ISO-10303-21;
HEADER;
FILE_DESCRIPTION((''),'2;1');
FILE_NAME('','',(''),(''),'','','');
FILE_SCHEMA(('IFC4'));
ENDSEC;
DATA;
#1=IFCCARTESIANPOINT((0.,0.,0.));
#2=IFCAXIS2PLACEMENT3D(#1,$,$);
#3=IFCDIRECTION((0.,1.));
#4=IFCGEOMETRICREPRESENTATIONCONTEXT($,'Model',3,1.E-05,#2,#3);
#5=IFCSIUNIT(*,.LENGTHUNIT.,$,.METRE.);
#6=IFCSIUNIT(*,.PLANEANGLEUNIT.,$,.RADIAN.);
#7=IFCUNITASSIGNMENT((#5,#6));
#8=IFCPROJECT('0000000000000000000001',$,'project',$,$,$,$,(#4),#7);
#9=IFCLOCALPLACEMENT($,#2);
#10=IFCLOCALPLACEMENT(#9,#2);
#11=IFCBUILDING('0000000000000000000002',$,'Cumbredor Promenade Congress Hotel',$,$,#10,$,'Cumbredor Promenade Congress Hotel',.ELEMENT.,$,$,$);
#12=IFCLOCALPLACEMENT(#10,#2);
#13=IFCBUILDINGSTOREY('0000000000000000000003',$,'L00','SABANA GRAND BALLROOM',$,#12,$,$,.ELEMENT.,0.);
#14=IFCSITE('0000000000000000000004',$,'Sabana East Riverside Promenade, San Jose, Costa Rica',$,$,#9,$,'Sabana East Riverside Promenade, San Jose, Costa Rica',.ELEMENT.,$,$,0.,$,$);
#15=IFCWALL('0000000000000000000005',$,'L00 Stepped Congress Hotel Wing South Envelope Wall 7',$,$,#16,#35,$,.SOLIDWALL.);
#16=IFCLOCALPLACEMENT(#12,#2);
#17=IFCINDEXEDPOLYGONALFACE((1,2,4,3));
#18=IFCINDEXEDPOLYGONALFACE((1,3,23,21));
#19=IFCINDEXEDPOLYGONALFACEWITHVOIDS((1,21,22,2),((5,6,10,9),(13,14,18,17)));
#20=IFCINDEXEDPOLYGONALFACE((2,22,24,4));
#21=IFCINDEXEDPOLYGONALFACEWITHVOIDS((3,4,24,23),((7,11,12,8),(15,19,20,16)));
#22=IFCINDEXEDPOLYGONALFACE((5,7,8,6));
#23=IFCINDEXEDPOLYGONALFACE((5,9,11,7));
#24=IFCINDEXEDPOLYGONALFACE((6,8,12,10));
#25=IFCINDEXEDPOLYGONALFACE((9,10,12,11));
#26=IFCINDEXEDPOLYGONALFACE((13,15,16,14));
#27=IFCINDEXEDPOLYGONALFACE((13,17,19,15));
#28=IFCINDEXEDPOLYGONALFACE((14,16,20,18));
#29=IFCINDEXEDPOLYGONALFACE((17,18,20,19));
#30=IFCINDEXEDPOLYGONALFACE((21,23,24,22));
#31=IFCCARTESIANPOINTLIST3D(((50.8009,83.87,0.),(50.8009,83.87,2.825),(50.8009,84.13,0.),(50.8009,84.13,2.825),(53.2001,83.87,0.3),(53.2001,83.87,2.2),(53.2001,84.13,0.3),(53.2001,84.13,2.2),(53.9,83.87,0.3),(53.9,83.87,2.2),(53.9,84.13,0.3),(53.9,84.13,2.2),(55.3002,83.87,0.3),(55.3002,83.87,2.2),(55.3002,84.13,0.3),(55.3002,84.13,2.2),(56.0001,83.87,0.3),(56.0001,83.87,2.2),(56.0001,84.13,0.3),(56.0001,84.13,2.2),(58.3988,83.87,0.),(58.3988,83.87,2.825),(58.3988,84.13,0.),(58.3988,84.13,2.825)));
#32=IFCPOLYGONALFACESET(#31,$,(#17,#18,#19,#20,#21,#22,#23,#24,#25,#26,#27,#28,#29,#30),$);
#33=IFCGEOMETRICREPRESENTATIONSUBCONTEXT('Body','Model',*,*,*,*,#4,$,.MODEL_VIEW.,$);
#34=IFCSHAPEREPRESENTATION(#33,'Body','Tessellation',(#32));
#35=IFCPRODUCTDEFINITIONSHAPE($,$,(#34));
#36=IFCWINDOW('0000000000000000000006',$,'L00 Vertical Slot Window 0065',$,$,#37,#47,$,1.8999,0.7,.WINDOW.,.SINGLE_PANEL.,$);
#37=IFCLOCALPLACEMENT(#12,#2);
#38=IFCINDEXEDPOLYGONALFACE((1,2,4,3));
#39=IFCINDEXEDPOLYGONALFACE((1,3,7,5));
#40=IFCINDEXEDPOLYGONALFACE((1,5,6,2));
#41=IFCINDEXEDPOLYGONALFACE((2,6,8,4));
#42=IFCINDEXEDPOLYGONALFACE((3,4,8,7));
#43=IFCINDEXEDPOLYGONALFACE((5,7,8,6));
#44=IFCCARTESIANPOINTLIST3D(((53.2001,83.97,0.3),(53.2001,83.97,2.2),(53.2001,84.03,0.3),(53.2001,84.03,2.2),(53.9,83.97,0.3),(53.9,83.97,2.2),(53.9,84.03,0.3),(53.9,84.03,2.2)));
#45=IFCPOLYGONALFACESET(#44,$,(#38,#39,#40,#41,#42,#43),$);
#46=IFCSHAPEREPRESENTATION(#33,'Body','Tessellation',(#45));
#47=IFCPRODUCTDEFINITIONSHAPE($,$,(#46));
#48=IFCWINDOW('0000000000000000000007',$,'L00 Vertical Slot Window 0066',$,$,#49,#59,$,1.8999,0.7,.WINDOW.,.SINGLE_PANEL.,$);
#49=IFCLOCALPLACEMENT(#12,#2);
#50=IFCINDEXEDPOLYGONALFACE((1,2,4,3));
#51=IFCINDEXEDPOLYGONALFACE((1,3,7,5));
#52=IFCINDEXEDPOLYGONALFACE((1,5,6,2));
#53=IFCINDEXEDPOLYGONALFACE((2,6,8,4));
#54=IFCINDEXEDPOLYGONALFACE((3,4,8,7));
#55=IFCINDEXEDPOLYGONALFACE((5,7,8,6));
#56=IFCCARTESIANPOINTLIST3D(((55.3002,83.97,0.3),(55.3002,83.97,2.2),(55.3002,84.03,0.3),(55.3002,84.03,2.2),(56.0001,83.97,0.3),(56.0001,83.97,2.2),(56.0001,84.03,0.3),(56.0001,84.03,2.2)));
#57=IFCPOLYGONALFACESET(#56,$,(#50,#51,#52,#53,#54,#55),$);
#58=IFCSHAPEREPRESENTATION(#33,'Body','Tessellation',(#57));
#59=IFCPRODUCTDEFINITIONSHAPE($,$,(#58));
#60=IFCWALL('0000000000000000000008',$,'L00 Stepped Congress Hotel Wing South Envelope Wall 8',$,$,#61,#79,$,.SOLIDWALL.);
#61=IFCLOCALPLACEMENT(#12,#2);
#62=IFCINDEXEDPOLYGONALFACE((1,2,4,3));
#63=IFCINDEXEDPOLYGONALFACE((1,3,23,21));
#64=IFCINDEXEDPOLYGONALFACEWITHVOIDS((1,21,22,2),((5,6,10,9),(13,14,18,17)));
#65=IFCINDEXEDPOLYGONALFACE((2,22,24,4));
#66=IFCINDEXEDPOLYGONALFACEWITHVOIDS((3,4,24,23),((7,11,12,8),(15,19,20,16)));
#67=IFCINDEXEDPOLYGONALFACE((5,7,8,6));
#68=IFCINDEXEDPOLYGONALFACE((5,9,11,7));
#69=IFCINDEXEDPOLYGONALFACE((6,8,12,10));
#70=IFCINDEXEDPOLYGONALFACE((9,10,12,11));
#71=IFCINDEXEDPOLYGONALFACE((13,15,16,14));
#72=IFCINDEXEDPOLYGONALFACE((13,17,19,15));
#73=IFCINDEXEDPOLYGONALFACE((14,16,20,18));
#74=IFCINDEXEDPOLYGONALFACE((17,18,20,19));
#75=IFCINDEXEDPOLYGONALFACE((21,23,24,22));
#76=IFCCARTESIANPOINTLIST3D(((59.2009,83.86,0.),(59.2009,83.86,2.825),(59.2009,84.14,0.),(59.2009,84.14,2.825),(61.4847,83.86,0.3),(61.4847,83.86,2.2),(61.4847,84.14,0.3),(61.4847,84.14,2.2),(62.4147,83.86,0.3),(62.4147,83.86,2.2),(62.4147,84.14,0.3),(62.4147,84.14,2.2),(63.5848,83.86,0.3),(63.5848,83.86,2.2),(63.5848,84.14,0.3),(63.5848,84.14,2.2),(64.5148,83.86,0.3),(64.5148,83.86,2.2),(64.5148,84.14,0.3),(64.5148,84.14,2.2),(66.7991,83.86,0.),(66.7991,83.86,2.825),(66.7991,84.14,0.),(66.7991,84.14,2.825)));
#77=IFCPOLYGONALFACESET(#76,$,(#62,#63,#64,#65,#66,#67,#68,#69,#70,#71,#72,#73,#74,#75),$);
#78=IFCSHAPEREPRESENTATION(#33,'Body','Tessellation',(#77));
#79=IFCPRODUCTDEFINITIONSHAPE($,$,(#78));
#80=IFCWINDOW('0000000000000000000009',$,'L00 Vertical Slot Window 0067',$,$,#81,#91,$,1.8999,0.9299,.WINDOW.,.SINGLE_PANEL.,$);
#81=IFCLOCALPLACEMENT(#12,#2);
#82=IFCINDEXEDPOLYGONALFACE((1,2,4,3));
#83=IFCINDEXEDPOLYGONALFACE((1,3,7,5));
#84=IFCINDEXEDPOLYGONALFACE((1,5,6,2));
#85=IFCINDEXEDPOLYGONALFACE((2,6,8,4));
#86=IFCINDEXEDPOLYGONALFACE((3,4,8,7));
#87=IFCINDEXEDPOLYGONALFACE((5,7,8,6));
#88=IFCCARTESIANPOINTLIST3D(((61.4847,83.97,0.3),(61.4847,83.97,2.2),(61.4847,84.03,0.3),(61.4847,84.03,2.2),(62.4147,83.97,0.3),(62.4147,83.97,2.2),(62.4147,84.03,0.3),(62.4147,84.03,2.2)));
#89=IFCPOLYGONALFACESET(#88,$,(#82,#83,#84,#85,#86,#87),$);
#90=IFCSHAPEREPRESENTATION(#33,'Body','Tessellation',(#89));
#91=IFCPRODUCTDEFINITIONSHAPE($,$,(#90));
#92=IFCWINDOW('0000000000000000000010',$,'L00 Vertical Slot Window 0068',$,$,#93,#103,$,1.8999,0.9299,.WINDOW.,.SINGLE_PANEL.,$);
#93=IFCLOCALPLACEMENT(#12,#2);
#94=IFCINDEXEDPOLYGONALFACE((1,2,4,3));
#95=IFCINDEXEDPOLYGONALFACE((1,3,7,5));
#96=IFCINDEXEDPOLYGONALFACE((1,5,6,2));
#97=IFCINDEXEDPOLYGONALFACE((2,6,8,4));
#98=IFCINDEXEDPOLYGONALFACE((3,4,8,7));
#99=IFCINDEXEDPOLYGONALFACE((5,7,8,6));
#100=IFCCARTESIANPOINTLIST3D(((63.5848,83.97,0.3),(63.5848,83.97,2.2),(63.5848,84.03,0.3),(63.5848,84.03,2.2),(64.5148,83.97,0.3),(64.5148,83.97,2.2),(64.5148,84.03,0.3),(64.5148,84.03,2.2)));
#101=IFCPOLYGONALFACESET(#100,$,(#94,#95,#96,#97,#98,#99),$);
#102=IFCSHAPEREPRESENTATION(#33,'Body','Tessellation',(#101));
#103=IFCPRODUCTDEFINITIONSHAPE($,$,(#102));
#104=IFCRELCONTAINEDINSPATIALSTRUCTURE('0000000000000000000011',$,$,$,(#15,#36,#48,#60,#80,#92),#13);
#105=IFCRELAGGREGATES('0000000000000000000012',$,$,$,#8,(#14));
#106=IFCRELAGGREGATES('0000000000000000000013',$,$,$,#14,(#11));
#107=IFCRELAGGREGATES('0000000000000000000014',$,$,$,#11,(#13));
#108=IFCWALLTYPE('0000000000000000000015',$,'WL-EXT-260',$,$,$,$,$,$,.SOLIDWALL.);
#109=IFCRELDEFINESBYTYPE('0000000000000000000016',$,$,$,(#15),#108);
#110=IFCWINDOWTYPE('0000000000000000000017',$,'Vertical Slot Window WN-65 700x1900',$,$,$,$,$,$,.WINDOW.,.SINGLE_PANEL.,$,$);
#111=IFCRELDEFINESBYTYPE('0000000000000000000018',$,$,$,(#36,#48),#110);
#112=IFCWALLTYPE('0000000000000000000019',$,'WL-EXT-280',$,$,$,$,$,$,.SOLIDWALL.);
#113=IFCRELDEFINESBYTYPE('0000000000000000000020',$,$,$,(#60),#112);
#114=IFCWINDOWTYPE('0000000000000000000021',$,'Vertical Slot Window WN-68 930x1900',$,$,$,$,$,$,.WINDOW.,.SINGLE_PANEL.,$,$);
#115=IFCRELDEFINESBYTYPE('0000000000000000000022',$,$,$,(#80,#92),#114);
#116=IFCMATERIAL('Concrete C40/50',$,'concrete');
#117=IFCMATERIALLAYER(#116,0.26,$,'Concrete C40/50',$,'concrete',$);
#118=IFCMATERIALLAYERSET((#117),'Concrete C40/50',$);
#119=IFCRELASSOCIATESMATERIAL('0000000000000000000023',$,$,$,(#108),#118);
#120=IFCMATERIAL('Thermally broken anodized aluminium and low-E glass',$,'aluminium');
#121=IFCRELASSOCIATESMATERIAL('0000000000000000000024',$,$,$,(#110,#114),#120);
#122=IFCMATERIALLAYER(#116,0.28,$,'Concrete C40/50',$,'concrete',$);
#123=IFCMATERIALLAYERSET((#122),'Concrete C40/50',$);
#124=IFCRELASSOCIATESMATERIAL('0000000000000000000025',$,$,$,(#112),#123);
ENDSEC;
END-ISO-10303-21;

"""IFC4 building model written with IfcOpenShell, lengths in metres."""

from ifc_helpers import new_model, si_unit, direction, frame, frame_2d, origin, place, context, subcontext, project, spatial, rectangle, extrude, material, layer, layer_set, type_object, element, fill, save


model = new_model("IFC4")

# Units and contexts
model_context = context("Model", 3, precision=1e-05, world=origin(), true_north=direction((0.0, 1.0)))
body_context = subcontext(model_context, "Body", "Model", "MODEL_VIEW")
ifc_project = project(units=[si_unit("LENGTHUNIT", "METRE"), si_unit("PLANEANGLEUNIT", "RADIAN")], contexts=[model_context])

# Site, building, storey
site_placement = place(None, origin())
site = spatial("IfcSite", under=ifc_project, at=site_placement, Name="Sabana East Riverside Promenade, San Jose, Costa Rica", LongName="Sabana East Riverside Promenade, San Jose, Costa Rica", CompositionType="ELEMENT", RefElevation=0.0)
building_placement = place(site_placement, origin())
building = spatial("IfcBuilding", under=site, at=building_placement, Name="Cumbredor Promenade Congress Hotel", LongName="Cumbredor Promenade Congress Hotel", CompositionType="ELEMENT")
storey_placement = place(building_placement, origin())
storey = spatial("IfcBuildingStorey", under=building, at=storey_placement, Name="L00", Description="SABANA GRAND BALLROOM", CompositionType="ELEMENT", Elevation=0.0)

# Shared definitions
ifc_material_1 = material(Name="Concrete C40/50", Category="concrete")

# Shared definitions
ifc_material_2 = material(Name="Thermally broken anodized aluminium and low-E glass", Category="aluminium")

# Walls, openings, windows
ifc_layer_1 = layer(ifc_material_1, 0.26, Name="Concrete C40/50", Category="concrete")
ifc_layer_set_1 = layer_set([ifc_layer_1], Name="Concrete C40/50")
wall_type_1 = type_object("IfcWallType", Name="WL-EXT-260", PredefinedType="SOLIDWALL", material=ifc_layer_set_1)
wall_1_placement = place(storey_placement, frame((50.801, 84.0, 0.0), z_axis=(0.0, 0.0, 1.0), x_axis=(1.0, 0.0, 0.0)))
wall_1 = element("IfcWall", 1, at=wall_1_placement, inside=storey, type_object=wall_type_1, Name="L00 Stepped Congress Hotel Wing South Envelope Wall 7", PredefinedType="SOLIDWALL", context=body_context, shape_type="SweptSolid", body=[
    extrude(rectangle(XDim=7.5979, YDim=0.26, at=frame_2d((3.7988, 0.0))), origin(), (0.0, 0.0, 1.0), 2.825),
])
opening_1_placement = place(wall_1_placement, frame((2.3989, 0.0, 0.3)))
opening_1 = element("IfcOpeningElement", 2, at=opening_1_placement, cuts=wall_1, PredefinedType="OPENING", context=body_context, shape_type="SweptSolid", body=[
    extrude(rectangle(XDim=0.7, YDim=1.8999, at=frame_2d((0.3501, 0.95))), frame((0.0, 0.1401, 0.0), z_axis=(0.0, -1.0, 0.0), x_axis=(1.0, 0.0, 0.0)), (0.0, 0.0, 1.0), 0.28),
])
opening_2_placement = place(wall_1_placement, frame((4.499, 0.0, 0.3)))
opening_2 = element("IfcOpeningElement", 3, at=opening_2_placement, cuts=wall_1, PredefinedType="OPENING", context=body_context, shape_type="SweptSolid", body=[
    extrude(rectangle(XDim=0.7, YDim=1.8999, at=frame_2d((0.3501, 0.95))), frame((0.0, 0.1401, 0.0), z_axis=(0.0, -1.0, 0.0), x_axis=(1.0, 0.0, 0.0)), (0.0, 0.0, 1.0), 0.28),
])
window_type_1 = type_object("IfcWindowType", Name="Vertical Slot Window WN-65 700x1900", PartitioningType="SINGLE_PANEL", PredefinedType="WINDOW", material=ifc_material_2)
window_1_placement = place(opening_1_placement, origin())
window_1 = element("IfcWindow", 4, at=window_1_placement, inside=storey, type_object=window_type_1, Name="L00 Vertical Slot Window 0065", OverallHeight=1.8999, OverallWidth=0.7, PartitioningType="SINGLE_PANEL", PredefinedType="WINDOW", context=body_context, shape_type="SweptSolid", body=[
    extrude(rectangle(XDim=0.7, YDim=1.8999, at=frame_2d((0.3501, 0.95))), frame((0.0, 0.03, 0.0), z_axis=(0.0, -1.0, 0.0), x_axis=(1.0, 0.0, 0.0)), (0.0, 0.0, 1.0), 0.0601),
])
fill(opening_1, window_1)
window_2_placement = place(opening_2_placement, origin())
window_2 = element("IfcWindow", 5, at=window_2_placement, inside=storey, type_object=window_type_1, Name="L00 Vertical Slot Window 0066", OverallHeight=1.8999, OverallWidth=0.7, PartitioningType="SINGLE_PANEL", PredefinedType="WINDOW", context=body_context, shape_type="SweptSolid", body=[
    extrude(rectangle(XDim=0.7, YDim=1.8999, at=frame_2d((0.3501, 0.95))), frame((0.0, 0.03, 0.0), z_axis=(0.0, -1.0, 0.0), x_axis=(1.0, 0.0, 0.0)), (0.0, 0.0, 1.0), 0.0601),
])
fill(opening_2, window_2)
ifc_layer_2 = layer(ifc_material_1, 0.28, Name="Concrete C40/50", Category="concrete")
ifc_layer_set_2 = layer_set([ifc_layer_2], Name="Concrete C40/50")
wall_type_2 = type_object("IfcWallType", Name="WL-EXT-280", PredefinedType="SOLIDWALL", material=ifc_layer_set_2)
wall_2_placement = place(storey_placement, frame((59.2009, 84.0, 0.0), z_axis=(0.0, 0.0, 1.0), x_axis=(1.0, 0.0, 0.0)))
wall_2 = element("IfcWall", 6, at=wall_2_placement, inside=storey, type_object=wall_type_2, Name="L00 Stepped Congress Hotel Wing South Envelope Wall 8", PredefinedType="SOLIDWALL", context=body_context, shape_type="SweptSolid", body=[
    extrude(rectangle(XDim=7.5981, YDim=0.28, at=frame_2d((3.7991, 0.0))), origin(), (0.0, 0.0, 1.0), 2.825),
])
opening_3_placement = place(wall_2_placement, frame((2.2839, 0.0, 0.3)))
opening_3 = element("IfcOpeningElement", 7, at=opening_3_placement, cuts=wall_2, PredefinedType="OPENING", context=body_context, shape_type="SweptSolid", body=[
    extrude(rectangle(XDim=0.9299, YDim=1.8999, at=frame_2d((0.4648, 0.95))), frame((0.0, 0.1499, 0.0), z_axis=(0.0, -1.0, 0.0), x_axis=(1.0, 0.0, 0.0)), (0.0, 0.0, 1.0), 0.3),
])
opening_4_placement = place(wall_2_placement, frame((4.384, 0.0, 0.3)))
opening_4 = element("IfcOpeningElement", 8, at=opening_4_placement, cuts=wall_2, PredefinedType="OPENING", context=body_context, shape_type="SweptSolid", body=[
    extrude(rectangle(XDim=0.9299, YDim=1.8999, at=frame_2d((0.4648, 0.95))), frame((0.0, 0.1499, 0.0), z_axis=(0.0, -1.0, 0.0), x_axis=(1.0, 0.0, 0.0)), (0.0, 0.0, 1.0), 0.3),
])
window_type_2 = type_object("IfcWindowType", Name="Vertical Slot Window WN-68 930x1900", PartitioningType="SINGLE_PANEL", PredefinedType="WINDOW", material=ifc_material_2)
window_3_placement = place(opening_3_placement, origin())
window_3 = element("IfcWindow", 9, at=window_3_placement, inside=storey, type_object=window_type_2, Name="L00 Vertical Slot Window 0067", OverallHeight=1.8999, OverallWidth=0.9299, PartitioningType="SINGLE_PANEL", PredefinedType="WINDOW", context=body_context, shape_type="SweptSolid", body=[
    extrude(rectangle(XDim=0.9299, YDim=1.8999, at=frame_2d((0.4648, 0.95))), frame((0.0, 0.03, 0.0), z_axis=(0.0, -1.0, 0.0), x_axis=(1.0, 0.0, 0.0)), (0.0, 0.0, 1.0), 0.0601),
])
fill(opening_3, window_3)
window_4_placement = place(opening_4_placement, origin())
window_4 = element("IfcWindow", 10, at=window_4_placement, inside=storey, type_object=window_type_2, Name="L00 Vertical Slot Window 0068", OverallHeight=1.8999, OverallWidth=0.9299, PartitioningType="SINGLE_PANEL", PredefinedType="WINDOW", context=body_context, shape_type="SweptSolid", body=[
    extrude(rectangle(XDim=0.9299, YDim=1.8999, at=frame_2d((0.4648, 0.95))), frame((0.0, 0.03, 0.0), z_axis=(0.0, -1.0, 0.0), x_axis=(1.0, 0.0, 0.0)), (0.0, 0.0, 1.0), 0.0601),
])
fill(opening_4, window_4)

save(model, "model.ifc")
